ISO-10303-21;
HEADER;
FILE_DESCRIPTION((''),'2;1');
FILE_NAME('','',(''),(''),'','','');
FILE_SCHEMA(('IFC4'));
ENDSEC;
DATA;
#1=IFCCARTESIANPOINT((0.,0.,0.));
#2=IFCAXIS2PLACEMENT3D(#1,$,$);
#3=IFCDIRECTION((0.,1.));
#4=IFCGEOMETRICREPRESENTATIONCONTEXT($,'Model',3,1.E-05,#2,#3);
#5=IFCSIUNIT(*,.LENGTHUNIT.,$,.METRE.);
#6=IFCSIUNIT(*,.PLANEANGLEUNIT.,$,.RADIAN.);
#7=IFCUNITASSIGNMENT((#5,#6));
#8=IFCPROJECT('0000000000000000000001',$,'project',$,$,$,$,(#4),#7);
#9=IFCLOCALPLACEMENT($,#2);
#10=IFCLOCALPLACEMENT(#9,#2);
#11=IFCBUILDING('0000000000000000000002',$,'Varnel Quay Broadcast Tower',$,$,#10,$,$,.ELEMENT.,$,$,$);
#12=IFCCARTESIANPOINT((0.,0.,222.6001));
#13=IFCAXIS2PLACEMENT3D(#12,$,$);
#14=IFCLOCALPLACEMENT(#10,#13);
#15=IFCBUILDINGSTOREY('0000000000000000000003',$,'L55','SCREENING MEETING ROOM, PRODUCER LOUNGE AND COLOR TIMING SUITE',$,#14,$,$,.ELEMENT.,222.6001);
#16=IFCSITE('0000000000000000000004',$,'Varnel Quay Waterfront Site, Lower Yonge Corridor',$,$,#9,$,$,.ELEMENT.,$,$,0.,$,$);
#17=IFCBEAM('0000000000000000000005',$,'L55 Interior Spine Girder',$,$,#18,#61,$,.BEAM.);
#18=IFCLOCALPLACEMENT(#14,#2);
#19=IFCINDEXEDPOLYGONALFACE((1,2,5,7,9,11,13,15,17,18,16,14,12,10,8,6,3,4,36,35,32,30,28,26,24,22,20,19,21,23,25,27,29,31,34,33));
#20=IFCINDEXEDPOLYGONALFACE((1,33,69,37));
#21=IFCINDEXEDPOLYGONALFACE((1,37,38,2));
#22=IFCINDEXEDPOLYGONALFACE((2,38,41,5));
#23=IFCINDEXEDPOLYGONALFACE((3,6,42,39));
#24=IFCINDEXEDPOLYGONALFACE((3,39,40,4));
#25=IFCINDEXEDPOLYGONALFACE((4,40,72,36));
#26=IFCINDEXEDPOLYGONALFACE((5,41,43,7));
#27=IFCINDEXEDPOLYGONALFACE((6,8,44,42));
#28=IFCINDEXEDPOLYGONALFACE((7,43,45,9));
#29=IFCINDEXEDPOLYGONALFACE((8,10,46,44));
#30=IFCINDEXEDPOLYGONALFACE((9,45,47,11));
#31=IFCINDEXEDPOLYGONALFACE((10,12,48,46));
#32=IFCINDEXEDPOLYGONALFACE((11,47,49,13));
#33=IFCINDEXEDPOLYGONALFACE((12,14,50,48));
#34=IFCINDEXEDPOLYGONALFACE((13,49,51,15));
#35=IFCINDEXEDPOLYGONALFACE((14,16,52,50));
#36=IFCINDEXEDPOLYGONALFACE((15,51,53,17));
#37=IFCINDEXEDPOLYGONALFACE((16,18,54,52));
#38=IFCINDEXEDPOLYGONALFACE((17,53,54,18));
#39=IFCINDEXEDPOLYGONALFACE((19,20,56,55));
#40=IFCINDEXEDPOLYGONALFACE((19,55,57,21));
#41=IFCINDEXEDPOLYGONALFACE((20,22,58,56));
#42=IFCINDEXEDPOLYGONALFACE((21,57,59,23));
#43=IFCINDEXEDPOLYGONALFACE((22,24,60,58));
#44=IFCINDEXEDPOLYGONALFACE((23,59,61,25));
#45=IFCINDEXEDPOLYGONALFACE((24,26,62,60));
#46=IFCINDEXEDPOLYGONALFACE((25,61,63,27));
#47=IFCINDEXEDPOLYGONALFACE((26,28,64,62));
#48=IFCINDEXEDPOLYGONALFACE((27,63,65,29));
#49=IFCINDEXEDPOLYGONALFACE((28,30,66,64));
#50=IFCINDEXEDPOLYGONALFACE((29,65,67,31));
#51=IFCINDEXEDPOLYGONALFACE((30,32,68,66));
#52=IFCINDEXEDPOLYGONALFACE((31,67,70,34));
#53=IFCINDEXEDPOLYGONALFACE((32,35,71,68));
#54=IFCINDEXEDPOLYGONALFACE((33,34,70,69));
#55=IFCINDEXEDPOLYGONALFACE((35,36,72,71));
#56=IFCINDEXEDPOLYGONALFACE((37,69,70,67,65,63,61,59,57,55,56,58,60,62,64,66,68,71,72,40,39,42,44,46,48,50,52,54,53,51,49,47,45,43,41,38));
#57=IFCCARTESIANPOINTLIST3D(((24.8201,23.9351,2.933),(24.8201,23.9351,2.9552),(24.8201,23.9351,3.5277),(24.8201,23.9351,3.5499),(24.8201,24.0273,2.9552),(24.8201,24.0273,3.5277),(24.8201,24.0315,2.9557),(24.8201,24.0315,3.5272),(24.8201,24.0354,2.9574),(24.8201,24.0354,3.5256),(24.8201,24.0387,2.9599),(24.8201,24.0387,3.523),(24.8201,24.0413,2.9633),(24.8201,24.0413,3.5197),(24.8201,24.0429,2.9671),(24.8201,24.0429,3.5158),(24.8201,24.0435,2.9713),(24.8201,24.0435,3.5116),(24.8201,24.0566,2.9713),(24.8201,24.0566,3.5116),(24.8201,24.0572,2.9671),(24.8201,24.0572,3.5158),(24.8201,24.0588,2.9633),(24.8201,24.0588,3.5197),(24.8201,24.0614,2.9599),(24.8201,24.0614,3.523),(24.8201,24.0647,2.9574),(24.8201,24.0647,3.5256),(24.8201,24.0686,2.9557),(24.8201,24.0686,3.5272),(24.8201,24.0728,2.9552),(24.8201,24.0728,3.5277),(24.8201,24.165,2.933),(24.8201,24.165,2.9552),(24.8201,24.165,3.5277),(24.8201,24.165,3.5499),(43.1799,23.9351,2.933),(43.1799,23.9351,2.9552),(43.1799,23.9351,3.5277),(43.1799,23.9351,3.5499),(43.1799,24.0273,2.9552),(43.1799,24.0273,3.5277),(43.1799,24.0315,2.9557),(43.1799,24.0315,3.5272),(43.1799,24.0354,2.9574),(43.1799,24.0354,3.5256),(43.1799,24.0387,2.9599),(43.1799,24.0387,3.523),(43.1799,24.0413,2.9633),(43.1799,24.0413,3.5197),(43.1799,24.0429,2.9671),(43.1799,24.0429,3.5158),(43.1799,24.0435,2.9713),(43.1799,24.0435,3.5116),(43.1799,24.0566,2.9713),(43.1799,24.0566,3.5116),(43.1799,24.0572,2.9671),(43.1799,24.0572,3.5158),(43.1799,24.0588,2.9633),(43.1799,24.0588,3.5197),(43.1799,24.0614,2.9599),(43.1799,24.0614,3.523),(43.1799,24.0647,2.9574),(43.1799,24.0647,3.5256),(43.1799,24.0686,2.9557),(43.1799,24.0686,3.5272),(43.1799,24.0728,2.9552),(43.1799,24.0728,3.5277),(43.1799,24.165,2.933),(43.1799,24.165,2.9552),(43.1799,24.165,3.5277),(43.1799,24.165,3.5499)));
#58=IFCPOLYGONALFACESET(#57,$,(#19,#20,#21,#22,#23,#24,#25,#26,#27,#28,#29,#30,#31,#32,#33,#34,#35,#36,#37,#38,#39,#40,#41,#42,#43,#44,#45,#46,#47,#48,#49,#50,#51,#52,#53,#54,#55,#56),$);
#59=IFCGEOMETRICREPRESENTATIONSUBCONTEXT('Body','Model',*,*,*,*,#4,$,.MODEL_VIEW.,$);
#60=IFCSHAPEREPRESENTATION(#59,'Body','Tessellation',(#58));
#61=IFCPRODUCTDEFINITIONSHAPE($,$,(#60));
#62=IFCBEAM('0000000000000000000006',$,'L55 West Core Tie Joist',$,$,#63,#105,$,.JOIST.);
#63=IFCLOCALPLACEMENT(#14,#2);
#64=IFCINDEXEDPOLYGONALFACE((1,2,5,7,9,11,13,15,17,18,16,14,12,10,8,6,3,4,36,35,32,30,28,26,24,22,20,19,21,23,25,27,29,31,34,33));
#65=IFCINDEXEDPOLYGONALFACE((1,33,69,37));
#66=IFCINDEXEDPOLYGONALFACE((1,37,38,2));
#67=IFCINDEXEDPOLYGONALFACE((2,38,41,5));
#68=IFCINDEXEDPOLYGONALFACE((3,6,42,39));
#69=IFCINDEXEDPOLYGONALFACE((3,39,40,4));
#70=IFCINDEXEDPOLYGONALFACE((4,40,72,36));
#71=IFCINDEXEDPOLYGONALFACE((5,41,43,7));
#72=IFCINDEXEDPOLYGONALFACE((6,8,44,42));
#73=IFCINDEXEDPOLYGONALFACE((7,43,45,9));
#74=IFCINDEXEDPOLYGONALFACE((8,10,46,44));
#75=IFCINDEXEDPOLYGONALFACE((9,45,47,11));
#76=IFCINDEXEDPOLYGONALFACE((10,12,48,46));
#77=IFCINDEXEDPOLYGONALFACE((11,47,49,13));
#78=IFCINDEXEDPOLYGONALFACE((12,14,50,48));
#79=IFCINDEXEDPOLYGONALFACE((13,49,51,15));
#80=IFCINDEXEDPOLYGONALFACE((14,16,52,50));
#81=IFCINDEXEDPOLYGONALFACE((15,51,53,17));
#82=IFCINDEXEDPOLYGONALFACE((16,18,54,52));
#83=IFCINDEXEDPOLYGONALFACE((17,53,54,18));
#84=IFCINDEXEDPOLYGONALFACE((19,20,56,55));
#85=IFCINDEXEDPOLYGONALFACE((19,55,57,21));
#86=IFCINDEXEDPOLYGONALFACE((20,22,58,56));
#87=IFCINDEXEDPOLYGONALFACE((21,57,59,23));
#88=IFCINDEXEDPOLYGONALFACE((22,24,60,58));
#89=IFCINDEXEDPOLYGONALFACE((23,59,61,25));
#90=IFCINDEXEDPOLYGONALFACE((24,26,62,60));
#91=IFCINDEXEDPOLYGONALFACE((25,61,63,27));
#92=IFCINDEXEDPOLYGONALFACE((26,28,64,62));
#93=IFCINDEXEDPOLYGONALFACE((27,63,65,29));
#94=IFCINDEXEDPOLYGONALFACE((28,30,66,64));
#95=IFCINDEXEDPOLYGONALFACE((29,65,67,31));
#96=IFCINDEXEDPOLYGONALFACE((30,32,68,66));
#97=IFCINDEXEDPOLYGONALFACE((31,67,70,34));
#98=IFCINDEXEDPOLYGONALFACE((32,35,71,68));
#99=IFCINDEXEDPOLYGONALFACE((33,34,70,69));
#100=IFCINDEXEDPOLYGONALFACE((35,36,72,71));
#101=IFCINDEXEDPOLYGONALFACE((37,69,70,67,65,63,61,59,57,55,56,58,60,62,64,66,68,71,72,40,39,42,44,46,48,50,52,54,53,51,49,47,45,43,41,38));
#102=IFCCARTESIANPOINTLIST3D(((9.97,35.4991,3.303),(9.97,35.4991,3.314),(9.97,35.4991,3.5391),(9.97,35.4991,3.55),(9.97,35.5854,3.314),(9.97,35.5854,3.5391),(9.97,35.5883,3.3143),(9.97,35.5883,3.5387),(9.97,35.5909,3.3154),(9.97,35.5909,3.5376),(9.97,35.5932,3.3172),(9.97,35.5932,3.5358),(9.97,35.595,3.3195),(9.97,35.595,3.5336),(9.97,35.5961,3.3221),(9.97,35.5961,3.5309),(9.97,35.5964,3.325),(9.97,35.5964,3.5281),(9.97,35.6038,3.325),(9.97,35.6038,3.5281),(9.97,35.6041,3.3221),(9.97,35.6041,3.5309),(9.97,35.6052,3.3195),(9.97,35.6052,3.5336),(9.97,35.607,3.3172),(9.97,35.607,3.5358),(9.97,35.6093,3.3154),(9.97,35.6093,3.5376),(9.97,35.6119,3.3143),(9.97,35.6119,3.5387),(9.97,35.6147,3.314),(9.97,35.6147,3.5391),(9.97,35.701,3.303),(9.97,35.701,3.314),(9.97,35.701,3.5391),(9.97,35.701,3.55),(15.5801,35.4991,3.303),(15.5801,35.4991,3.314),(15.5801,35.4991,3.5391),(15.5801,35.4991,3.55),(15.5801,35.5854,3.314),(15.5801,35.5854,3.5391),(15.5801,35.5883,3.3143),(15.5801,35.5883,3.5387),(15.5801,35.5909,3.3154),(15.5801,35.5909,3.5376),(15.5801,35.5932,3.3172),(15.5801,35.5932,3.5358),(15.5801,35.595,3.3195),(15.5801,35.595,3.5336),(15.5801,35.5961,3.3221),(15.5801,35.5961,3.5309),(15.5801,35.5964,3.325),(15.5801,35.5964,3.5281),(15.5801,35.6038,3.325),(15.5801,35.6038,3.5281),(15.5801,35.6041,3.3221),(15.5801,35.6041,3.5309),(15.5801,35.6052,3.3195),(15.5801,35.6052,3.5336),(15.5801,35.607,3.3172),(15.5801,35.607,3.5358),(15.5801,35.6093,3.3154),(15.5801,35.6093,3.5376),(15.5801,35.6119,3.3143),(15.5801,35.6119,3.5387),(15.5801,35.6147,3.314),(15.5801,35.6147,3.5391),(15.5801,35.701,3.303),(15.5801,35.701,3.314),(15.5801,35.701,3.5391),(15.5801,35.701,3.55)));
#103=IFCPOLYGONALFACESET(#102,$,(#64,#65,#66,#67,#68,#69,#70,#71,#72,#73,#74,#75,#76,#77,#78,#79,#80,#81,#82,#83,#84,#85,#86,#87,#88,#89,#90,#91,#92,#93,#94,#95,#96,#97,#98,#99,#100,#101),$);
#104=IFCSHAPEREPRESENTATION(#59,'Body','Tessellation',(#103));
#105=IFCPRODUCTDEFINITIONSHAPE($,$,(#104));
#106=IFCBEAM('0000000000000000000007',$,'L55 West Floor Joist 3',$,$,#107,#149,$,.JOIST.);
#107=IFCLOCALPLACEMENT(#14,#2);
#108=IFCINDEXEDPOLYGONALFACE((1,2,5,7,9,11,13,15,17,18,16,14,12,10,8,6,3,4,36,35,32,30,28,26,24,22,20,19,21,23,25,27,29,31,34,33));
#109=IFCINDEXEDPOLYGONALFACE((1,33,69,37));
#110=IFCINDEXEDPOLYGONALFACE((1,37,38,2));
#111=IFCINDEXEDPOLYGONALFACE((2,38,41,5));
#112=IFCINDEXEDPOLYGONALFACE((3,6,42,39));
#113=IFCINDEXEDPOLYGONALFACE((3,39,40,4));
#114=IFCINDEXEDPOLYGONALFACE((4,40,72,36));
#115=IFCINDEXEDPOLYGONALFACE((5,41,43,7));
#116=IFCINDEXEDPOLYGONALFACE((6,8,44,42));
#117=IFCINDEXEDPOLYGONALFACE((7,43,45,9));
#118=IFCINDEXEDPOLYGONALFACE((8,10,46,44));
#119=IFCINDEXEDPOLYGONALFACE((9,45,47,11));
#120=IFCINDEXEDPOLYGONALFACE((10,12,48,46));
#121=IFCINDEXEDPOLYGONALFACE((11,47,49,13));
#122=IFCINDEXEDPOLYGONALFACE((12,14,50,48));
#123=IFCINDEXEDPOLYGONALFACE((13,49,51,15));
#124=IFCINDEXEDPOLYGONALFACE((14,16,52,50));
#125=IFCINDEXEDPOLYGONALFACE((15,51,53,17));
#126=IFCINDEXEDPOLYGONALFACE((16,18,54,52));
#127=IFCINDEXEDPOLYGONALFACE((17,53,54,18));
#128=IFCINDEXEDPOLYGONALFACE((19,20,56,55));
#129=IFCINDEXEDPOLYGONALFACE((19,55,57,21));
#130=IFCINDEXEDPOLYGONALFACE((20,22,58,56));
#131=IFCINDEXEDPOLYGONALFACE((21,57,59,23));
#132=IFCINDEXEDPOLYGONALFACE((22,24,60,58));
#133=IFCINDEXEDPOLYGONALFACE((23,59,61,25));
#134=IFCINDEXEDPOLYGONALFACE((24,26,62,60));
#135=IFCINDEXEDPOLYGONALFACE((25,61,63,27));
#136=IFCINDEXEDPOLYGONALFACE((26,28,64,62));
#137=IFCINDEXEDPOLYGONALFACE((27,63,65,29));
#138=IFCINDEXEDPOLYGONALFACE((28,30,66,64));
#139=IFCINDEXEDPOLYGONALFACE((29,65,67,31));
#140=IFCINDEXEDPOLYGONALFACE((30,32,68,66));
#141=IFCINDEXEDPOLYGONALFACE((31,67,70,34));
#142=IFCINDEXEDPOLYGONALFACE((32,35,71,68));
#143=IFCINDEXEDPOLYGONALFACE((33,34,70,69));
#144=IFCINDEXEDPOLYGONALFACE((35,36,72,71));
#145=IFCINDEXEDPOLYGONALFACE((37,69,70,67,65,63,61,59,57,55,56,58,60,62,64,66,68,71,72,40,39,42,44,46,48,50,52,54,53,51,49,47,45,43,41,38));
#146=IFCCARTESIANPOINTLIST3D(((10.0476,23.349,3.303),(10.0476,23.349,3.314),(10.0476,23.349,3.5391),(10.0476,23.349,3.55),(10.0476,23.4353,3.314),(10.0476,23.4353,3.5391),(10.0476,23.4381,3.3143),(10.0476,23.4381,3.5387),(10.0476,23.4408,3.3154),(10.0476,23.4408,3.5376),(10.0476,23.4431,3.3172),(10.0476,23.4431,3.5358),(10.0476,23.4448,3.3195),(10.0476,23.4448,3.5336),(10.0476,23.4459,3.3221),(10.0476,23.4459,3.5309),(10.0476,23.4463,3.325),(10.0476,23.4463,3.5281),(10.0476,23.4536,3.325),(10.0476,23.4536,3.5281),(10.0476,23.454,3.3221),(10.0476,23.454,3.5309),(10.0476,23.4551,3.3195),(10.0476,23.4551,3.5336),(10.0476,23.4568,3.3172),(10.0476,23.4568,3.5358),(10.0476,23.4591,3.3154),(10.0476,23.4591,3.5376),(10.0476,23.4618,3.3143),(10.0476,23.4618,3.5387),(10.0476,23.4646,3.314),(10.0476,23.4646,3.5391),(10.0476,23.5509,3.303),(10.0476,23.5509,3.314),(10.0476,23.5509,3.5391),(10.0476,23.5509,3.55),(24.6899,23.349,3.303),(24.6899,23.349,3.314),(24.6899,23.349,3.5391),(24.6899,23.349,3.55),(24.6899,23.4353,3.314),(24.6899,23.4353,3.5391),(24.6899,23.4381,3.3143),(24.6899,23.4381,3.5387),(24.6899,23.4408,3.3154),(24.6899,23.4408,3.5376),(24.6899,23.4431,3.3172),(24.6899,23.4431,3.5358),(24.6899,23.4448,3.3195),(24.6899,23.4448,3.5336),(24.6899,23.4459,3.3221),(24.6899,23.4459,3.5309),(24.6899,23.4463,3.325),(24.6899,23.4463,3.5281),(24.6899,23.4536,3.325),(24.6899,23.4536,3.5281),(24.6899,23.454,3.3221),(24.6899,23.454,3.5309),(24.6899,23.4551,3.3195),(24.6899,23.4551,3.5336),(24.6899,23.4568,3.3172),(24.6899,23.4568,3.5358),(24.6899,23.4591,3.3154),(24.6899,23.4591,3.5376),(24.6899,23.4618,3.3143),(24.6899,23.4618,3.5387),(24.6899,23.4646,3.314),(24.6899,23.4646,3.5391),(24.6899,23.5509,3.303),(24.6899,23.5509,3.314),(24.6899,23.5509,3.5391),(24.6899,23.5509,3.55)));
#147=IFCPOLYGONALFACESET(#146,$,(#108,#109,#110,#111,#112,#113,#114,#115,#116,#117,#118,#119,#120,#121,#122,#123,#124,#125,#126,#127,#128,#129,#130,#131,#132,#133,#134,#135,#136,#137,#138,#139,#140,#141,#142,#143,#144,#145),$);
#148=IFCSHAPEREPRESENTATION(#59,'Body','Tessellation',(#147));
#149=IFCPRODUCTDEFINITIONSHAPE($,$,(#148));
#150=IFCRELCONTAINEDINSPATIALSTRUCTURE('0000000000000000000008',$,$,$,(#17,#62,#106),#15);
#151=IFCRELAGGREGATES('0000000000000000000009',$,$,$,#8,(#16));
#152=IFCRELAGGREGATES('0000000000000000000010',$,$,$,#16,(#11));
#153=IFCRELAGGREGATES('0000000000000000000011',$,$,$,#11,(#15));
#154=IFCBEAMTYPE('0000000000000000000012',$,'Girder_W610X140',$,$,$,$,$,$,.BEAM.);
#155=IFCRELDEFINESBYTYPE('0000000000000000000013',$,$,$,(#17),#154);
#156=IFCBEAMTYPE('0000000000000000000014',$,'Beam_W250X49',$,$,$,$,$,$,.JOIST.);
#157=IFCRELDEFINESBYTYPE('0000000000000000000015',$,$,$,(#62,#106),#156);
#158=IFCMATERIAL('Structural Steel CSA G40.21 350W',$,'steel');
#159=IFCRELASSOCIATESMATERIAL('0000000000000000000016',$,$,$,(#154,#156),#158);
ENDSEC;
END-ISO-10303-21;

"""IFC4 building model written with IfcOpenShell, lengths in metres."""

from ifc_helpers import new_model, si_unit, direction, frame, origin, origin_2d, place, context, subcontext, project, spatial, i_section, extrude, source, transform, mapped, material, material_profile, profile_set, type_object, type_shapes, element, save


model = new_model("IFC4")

# Units and contexts
model_context = context("Model", 3, precision=1e-05, world=origin(), true_north=direction((0.0, 1.0)))
body_context = subcontext(model_context, "Body", "Model", "MODEL_VIEW")
ifc_project = project(units=[si_unit("LENGTHUNIT", "METRE"), si_unit("PLANEANGLEUNIT", "RADIAN")], contexts=[model_context])

# Site, building, storey
site_placement = place(None, origin())
site = spatial("IfcSite", under=ifc_project, at=site_placement, Name="Varnel Quay Waterfront Site, Lower Yonge Corridor", CompositionType="ELEMENT", RefElevation=0.0)
building_placement = place(site_placement, origin())
building = spatial("IfcBuilding", under=site, at=building_placement, Name="Varnel Quay Broadcast Tower", CompositionType="ELEMENT")
storey_placement = place(building_placement, frame((0.0, 0.0, 222.6001)))
storey = spatial("IfcBuildingStorey", under=building, at=storey_placement, Name="L55", Description="SCREENING MEETING ROOM, PRODUCER LOUNGE AND COLOR TIMING SUITE", CompositionType="ELEMENT", Elevation=222.6001)

# Shared definitions
ifc_material_1 = material(Name="Structural Steel CSA G40.21 350W", Category="steel")

# Beams
ifc_material_profile_1 = material_profile(ifc_material_1, i_section(OverallWidth=0.23, OverallDepth=0.6169, WebThickness=0.0132, FlangeThickness=0.0222, FilletRadius=0.0161, at=origin_2d()), Name="W610X140")
ifc_profile_set_1 = profile_set([ifc_material_profile_1], Name="Structural Steel CSA G40.21 350W")
beam_type_1 = type_object("IfcBeamType", Name="Girder_W610X140", PredefinedType="BEAM", material=ifc_profile_set_1)
shared_shape_1 = source(origin(), body_context, "Body", "SweptSolid", [
    extrude(i_section(OverallWidth=0.23, OverallDepth=0.6169, WebThickness=0.0132, FlangeThickness=0.0222, FilletRadius=0.0161, at=origin_2d()), origin(), (0.0, 0.0, 1.0), 18.3599),
])
beam_1_placement = place(storey_placement, frame((24.8201, 24.05, 3.2415), z_axis=(1.0, 0.0, 0.0), x_axis=(0.0, 1.0, 0.0)))
element("IfcBeam", 1, at=beam_1_placement, inside=storey, type_object=beam_type_1, Name="L55 Interior Spine Girder", PredefinedType="BEAM", context=body_context, shape_type="MappedRepresentation", body=[
    mapped(shared_shape_1, transform((0.0, 0.0, 0.0), x_axis=(1.0, 0.0, 0.0), y_axis=(0.0, 1.0, 0.0), z_axis=(0.0, 0.0, 1.0), scale=1.0)),
])
ifc_material_profile_2 = material_profile(ifc_material_1, i_section(OverallWidth=0.2019, OverallDepth=0.2471, WebThickness=0.0073, FlangeThickness=0.011, FilletRadius=0.011, at=origin_2d()), Name="W250X49")
ifc_profile_set_2 = profile_set([ifc_material_profile_2], Name="Structural Steel CSA G40.21 350W")
beam_type_2 = type_object("IfcBeamType", Name="Beam_W250X49", PredefinedType="JOIST", material=ifc_profile_set_2)
shared_shape_2 = source(origin(), body_context, "Body", "SweptSolid", [
    extrude(i_section(OverallWidth=0.2019, OverallDepth=0.2471, WebThickness=0.0073, FlangeThickness=0.011, FilletRadius=0.011, at=origin_2d()), origin(), (0.0, 0.0, 1.0), 5.6101),
])
beam_2_placement = place(storey_placement, frame((9.97, 35.6001, 3.4265), z_axis=(1.0, 0.0, 0.0), x_axis=(0.0, 1.0, 0.0)))
element("IfcBeam", 2, at=beam_2_placement, inside=storey, type_object=beam_type_2, Name="L55 West Core Tie Joist", PredefinedType="JOIST", context=body_context, shape_type="MappedRepresentation", body=[
    mapped(shared_shape_2, transform((0.0, 0.0, 0.0), x_axis=(1.0, 0.0, 0.0), y_axis=(0.0, 1.0, 0.0), z_axis=(0.0, 0.0, 1.0), scale=1.0)),
])
shared_shape_3 = source(origin(), body_context, "Body", "SweptSolid", [
    extrude(i_section(OverallWidth=0.2019, OverallDepth=0.2471, WebThickness=0.0073, FlangeThickness=0.011, FilletRadius=0.011, at=origin_2d()), origin(), (0.0, 0.0, 1.0), 14.6423),
])
type_shapes(beam_type_2, [shared_shape_2, shared_shape_3])
beam_3_placement = place(storey_placement, frame((10.0476, 23.45, 3.4265), z_axis=(1.0, 0.0, 0.0), x_axis=(0.0, 1.0, 0.0)))
element("IfcBeam", 3, at=beam_3_placement, inside=storey, type_object=beam_type_2, Name="L55 West Floor Joist 3", PredefinedType="JOIST", context=body_context, shape_type="MappedRepresentation", body=[
    mapped(shared_shape_3, transform((0.0, 0.0, 0.0), x_axis=(1.0, 0.0, 0.0), y_axis=(0.0, 1.0, 0.0), z_axis=(0.0, 0.0, 1.0), scale=1.0)),
])

save(model, "model.ifc")
